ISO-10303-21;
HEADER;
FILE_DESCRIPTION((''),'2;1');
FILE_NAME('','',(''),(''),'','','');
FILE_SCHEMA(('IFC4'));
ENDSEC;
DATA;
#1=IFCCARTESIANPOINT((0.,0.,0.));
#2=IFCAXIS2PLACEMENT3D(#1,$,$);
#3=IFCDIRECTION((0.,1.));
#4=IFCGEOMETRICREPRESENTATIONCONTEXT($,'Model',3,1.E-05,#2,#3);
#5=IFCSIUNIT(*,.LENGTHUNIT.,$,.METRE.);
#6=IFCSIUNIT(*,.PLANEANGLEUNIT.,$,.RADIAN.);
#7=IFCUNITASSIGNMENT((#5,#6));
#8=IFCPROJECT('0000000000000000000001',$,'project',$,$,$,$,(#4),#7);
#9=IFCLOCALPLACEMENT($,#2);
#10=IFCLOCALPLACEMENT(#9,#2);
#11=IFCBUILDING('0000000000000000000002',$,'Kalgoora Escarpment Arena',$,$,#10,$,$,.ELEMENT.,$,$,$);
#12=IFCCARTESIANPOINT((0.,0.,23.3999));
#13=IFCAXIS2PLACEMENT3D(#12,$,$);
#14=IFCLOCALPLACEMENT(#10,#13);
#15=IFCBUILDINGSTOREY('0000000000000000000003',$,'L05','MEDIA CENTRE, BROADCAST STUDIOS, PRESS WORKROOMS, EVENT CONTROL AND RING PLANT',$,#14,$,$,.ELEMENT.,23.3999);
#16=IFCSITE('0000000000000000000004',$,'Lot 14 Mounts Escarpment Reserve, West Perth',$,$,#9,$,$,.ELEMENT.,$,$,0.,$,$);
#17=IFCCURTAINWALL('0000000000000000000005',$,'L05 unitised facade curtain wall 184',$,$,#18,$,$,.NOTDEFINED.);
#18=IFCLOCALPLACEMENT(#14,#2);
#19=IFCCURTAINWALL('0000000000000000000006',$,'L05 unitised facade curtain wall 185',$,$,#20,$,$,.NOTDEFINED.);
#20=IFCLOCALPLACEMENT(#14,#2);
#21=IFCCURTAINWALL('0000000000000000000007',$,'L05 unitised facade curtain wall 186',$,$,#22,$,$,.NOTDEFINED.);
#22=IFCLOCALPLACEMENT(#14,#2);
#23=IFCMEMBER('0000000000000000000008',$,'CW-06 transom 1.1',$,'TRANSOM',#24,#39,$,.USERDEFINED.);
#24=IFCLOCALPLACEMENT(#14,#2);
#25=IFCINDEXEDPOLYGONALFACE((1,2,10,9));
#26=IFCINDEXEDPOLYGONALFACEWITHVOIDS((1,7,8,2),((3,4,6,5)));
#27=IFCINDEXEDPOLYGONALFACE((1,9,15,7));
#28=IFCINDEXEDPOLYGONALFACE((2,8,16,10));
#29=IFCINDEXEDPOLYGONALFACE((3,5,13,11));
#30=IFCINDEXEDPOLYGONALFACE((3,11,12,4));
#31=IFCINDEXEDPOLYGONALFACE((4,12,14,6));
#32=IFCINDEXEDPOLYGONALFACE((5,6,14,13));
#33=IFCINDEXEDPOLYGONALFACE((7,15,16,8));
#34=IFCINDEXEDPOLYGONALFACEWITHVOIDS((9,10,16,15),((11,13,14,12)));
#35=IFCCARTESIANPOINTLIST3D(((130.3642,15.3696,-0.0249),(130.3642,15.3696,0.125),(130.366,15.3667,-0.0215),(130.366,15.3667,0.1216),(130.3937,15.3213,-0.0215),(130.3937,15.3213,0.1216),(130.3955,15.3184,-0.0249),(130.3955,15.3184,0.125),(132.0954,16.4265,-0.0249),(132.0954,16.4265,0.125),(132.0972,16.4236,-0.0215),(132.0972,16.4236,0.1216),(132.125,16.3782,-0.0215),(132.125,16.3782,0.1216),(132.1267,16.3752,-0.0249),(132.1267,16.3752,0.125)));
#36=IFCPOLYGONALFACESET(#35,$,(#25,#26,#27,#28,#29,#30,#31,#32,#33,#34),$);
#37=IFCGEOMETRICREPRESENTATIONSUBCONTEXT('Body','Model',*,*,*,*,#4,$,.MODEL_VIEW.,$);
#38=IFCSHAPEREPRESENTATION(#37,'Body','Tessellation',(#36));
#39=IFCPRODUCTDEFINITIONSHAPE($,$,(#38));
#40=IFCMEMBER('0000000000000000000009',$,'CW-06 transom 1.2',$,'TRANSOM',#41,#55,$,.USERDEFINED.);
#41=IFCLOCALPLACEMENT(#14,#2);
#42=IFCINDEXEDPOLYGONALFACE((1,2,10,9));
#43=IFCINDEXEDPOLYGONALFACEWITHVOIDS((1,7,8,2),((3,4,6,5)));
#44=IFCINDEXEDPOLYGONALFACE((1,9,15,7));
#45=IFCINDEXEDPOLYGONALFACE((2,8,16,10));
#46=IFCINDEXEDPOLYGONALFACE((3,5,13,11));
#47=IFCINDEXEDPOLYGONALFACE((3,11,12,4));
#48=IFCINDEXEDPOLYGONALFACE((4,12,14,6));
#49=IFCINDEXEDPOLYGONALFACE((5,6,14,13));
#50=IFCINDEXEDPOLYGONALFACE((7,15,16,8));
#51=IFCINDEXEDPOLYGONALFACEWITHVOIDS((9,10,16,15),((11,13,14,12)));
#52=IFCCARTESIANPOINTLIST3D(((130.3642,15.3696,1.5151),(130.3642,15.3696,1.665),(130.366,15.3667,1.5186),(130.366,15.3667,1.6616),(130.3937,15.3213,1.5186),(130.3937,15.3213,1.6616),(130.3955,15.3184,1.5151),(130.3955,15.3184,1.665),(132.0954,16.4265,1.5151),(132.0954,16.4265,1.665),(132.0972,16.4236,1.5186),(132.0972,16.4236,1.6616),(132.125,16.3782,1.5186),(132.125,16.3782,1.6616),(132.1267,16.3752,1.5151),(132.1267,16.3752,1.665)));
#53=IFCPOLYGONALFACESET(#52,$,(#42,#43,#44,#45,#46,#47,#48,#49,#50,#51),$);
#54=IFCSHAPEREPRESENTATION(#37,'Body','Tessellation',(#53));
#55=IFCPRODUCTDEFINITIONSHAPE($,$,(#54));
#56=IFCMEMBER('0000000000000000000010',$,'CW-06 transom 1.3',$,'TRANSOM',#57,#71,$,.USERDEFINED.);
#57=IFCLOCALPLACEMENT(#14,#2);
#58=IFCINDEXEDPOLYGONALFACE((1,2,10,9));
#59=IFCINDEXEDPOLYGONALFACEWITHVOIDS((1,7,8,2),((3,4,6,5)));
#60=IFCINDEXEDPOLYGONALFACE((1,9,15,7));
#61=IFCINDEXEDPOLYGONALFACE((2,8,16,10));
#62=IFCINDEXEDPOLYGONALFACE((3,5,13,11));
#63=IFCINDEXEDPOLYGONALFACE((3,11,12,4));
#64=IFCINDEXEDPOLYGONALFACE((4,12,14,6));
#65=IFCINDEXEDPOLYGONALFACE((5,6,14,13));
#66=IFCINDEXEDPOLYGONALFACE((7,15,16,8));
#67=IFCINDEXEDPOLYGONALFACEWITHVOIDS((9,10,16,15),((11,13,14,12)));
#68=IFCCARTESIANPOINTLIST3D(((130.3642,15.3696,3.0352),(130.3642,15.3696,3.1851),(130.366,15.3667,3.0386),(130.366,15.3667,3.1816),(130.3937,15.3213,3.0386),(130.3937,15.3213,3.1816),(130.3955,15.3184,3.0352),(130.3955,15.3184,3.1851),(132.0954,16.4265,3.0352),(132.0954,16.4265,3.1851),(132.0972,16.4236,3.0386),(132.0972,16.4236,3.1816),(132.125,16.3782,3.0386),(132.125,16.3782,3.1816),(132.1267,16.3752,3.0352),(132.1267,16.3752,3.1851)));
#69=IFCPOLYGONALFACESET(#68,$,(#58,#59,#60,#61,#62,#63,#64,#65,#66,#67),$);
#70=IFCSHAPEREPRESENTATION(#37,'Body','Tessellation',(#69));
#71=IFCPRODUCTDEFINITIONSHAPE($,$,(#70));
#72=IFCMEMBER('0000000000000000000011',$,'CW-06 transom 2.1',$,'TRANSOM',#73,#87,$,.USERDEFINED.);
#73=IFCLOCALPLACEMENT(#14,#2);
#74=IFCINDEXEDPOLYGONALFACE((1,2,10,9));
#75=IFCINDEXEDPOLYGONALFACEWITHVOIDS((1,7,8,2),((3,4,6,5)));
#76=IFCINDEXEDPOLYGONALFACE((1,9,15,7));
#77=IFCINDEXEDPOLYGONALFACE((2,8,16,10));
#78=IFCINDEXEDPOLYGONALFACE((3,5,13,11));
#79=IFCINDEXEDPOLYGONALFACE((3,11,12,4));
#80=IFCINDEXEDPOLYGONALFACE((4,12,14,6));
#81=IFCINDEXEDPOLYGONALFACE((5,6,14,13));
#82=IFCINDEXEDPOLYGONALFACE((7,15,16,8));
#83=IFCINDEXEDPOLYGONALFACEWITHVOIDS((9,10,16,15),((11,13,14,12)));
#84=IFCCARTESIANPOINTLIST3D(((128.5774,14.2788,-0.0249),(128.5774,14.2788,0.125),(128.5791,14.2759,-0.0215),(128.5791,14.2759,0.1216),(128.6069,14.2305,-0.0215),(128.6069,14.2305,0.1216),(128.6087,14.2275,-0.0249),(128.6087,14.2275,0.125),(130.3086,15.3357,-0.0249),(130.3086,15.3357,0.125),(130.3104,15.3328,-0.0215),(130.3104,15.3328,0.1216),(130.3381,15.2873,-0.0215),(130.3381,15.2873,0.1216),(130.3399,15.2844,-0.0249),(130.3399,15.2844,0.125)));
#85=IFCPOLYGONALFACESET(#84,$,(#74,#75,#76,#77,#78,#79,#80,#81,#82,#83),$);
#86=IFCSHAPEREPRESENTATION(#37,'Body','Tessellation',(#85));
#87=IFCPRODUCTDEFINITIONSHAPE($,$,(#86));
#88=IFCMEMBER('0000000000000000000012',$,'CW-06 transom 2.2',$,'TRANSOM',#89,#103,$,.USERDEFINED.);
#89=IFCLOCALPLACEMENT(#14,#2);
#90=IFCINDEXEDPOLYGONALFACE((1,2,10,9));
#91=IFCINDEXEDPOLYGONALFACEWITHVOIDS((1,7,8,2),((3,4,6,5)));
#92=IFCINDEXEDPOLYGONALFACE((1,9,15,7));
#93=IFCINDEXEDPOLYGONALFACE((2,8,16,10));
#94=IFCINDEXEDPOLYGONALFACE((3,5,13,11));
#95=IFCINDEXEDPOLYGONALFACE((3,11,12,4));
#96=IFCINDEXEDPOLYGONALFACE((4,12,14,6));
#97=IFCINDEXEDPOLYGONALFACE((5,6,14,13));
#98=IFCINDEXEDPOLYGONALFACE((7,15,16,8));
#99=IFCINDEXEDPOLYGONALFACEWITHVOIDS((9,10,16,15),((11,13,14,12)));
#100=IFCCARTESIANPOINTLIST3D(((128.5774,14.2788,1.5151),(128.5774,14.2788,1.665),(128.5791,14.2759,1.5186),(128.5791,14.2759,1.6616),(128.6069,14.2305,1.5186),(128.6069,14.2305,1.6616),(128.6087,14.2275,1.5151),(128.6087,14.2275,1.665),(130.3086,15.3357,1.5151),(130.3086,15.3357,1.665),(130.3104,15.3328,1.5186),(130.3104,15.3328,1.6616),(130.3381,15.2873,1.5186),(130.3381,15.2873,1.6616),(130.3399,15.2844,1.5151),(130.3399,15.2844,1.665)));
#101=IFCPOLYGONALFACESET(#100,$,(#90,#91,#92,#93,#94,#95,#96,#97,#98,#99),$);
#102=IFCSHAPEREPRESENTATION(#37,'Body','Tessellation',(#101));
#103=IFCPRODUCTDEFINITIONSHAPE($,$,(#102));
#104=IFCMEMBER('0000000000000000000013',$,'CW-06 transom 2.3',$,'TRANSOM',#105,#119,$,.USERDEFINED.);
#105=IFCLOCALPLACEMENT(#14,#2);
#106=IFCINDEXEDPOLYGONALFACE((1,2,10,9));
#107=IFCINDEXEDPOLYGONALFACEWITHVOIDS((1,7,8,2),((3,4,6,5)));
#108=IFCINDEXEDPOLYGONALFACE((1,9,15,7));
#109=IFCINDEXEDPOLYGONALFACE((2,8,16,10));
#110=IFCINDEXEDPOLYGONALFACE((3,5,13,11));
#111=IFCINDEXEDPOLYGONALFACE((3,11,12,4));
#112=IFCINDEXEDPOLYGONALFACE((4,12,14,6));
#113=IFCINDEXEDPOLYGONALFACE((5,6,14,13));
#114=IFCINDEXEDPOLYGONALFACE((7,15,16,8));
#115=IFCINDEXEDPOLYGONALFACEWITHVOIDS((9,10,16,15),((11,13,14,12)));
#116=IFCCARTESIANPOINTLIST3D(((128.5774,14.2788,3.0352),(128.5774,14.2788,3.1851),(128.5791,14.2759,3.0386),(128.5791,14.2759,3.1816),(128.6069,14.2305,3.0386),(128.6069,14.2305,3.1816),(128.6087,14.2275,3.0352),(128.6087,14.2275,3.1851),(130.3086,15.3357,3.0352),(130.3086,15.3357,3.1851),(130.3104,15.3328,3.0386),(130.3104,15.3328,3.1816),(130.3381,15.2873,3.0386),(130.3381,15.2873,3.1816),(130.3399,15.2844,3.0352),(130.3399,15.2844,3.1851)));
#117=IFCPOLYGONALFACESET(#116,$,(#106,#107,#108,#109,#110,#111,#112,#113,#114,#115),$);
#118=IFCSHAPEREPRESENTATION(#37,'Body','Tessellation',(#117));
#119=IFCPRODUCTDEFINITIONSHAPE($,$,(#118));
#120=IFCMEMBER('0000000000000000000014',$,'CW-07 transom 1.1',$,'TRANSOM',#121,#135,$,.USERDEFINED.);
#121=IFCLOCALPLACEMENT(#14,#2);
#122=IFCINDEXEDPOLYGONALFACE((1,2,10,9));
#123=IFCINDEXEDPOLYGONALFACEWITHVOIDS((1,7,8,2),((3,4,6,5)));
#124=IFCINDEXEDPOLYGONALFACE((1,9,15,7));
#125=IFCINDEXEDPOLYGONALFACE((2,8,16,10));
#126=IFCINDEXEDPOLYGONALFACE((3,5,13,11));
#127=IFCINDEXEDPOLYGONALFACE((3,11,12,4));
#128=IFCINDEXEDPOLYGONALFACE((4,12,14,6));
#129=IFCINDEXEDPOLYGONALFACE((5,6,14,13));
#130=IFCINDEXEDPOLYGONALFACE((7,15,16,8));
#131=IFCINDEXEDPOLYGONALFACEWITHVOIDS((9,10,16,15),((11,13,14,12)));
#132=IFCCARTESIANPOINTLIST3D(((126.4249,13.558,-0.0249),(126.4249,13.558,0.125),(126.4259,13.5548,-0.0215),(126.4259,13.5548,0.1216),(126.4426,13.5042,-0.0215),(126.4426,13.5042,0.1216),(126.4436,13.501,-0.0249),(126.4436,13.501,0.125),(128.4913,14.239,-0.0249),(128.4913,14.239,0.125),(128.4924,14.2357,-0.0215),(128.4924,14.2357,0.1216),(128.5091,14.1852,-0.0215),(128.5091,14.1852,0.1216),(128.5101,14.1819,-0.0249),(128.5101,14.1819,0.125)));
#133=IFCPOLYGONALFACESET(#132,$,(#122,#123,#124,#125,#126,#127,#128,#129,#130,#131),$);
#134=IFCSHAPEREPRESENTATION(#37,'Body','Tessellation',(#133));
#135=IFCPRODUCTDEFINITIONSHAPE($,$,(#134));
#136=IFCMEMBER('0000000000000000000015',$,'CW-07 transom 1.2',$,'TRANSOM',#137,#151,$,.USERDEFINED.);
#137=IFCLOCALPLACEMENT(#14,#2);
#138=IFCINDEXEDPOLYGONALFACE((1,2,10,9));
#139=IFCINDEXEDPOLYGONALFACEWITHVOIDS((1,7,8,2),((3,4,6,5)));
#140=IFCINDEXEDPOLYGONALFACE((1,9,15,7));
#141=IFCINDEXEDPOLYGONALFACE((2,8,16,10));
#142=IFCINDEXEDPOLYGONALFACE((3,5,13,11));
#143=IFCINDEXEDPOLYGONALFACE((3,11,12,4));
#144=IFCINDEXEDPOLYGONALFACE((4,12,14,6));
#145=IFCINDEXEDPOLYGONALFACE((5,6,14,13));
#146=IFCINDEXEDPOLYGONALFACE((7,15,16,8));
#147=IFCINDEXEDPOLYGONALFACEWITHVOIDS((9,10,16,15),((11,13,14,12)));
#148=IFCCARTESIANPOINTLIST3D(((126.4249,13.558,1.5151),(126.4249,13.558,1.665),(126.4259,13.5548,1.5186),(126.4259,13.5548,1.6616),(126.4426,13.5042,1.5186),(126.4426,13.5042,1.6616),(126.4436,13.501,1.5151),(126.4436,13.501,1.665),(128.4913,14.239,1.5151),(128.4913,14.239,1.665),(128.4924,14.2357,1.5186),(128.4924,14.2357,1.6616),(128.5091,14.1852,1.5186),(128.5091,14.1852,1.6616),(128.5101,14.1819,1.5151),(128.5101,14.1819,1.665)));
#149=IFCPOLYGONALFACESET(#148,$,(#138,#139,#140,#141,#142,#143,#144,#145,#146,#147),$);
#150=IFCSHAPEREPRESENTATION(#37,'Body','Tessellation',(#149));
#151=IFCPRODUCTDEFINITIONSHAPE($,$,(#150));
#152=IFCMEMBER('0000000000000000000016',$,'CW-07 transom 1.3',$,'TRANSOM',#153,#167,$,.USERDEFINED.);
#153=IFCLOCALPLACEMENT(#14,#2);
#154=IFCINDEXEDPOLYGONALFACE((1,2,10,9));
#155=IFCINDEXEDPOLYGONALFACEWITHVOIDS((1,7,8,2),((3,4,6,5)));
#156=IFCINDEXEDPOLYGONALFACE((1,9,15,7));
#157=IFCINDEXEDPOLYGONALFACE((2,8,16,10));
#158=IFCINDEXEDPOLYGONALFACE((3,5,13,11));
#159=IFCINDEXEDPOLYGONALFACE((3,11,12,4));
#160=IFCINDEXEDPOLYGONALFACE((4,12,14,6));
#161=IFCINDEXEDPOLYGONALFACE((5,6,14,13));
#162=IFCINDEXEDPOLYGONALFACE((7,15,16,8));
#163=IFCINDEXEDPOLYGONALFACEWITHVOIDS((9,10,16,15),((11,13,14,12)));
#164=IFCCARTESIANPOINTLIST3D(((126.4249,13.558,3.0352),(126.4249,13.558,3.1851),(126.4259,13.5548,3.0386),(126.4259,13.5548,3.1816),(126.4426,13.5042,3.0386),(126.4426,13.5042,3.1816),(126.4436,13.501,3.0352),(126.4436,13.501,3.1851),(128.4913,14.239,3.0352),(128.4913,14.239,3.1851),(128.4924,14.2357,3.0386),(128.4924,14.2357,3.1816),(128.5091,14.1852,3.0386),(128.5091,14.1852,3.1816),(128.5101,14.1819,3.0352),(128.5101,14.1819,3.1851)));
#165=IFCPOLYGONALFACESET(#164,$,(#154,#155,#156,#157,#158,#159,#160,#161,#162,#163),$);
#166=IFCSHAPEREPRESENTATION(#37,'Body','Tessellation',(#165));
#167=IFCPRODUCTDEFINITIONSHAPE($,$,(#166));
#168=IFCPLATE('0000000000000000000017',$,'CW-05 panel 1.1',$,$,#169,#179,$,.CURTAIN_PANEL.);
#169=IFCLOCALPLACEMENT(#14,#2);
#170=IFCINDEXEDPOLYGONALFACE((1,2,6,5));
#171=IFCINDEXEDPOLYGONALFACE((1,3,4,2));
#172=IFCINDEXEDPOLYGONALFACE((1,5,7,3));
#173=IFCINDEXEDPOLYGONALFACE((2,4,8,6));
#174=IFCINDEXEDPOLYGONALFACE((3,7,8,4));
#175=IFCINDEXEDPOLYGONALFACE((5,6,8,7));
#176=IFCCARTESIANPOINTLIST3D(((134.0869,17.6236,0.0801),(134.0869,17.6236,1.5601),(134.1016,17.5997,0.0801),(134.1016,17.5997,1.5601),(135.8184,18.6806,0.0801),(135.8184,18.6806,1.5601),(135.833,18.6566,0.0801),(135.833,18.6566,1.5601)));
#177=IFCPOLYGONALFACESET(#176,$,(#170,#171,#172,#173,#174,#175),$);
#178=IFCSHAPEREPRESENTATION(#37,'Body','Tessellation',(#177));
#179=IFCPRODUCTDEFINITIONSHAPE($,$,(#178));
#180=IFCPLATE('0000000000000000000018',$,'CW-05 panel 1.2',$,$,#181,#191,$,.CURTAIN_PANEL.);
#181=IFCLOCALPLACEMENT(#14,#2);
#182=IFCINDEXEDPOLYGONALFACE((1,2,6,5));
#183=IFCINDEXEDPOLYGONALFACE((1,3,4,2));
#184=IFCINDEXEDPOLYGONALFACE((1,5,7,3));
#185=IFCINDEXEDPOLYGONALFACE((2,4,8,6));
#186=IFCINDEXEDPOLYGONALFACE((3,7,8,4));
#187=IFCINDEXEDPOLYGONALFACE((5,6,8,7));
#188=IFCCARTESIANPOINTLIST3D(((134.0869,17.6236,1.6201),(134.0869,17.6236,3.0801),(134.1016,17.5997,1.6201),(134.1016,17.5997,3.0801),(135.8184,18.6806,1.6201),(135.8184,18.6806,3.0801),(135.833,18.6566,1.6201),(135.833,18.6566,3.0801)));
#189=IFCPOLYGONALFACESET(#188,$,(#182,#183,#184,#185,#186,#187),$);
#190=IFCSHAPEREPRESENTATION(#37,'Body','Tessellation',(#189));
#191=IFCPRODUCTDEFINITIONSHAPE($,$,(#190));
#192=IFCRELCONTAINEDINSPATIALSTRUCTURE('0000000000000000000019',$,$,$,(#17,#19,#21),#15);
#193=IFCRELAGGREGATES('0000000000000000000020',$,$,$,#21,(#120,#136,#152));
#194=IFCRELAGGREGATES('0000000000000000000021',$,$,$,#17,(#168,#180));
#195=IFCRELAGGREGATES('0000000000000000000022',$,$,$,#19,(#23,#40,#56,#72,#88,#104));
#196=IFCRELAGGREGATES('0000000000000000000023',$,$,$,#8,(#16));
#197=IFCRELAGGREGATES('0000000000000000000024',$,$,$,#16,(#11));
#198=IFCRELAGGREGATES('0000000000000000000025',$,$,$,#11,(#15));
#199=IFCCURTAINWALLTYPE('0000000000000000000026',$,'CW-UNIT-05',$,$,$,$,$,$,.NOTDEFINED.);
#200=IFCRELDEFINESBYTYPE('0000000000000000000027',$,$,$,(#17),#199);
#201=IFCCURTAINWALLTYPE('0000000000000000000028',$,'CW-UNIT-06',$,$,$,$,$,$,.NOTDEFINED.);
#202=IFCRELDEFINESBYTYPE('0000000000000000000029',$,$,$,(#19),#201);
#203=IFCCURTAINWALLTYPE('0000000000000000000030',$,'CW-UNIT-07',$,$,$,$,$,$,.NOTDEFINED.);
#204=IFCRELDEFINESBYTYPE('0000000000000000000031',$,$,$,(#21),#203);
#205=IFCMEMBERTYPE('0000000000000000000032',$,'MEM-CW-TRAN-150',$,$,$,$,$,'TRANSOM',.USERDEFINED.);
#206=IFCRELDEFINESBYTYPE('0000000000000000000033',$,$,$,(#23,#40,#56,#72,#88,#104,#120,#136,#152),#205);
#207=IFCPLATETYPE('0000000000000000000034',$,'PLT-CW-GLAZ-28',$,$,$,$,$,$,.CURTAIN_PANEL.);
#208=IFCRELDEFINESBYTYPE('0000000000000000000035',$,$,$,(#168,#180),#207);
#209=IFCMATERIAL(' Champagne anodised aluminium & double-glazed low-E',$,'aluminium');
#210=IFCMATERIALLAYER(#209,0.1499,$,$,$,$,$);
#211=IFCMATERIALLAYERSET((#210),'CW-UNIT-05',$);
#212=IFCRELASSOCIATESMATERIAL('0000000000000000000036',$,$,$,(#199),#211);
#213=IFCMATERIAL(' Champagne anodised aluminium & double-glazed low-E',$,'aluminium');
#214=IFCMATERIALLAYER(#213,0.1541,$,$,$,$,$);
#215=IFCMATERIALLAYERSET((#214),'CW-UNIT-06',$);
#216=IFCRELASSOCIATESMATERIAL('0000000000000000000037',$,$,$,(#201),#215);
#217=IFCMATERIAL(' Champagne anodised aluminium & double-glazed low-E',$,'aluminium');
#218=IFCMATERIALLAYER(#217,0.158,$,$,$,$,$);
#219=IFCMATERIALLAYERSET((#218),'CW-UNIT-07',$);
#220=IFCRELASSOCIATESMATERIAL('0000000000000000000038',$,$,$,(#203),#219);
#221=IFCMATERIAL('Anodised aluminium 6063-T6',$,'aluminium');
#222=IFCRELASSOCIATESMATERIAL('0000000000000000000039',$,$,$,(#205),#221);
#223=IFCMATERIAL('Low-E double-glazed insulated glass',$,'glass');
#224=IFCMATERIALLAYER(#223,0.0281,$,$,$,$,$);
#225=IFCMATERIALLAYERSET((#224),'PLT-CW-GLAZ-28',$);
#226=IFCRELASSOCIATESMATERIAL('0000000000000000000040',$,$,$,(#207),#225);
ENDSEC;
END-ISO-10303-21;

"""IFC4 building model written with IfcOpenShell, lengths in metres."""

from ifc_helpers import new_model, si_unit, direction, frame, origin, origin_2d, place, context, subcontext, project, spatial, rectangle, hollow_rectangle, extrude, material, layer, layer_set, material_profile, profile_set, type_object, element, aggregate, save


model = new_model("IFC4")

# Units and contexts
model_context = context("Model", 3, precision=1e-05, world=origin(), true_north=direction((0.0, 1.0)))
body_context = subcontext(model_context, "Body", "Model", "MODEL_VIEW")
ifc_project = project(units=[si_unit("LENGTHUNIT", "METRE"), si_unit("PLANEANGLEUNIT", "RADIAN")], contexts=[model_context])

# Site, building, storey
site_placement = place(None, origin())
site = spatial("IfcSite", under=ifc_project, at=site_placement, Name="Lot 14 Mounts Escarpment Reserve, West Perth", CompositionType="ELEMENT", RefElevation=0.0)
building_placement = place(site_placement, origin())
building = spatial("IfcBuilding", under=site, at=building_placement, Name="Kalgoora Escarpment Arena", CompositionType="ELEMENT")
storey_placement = place(building_placement, frame((0.0, 0.0, 23.3999)))
storey = spatial("IfcBuildingStorey", under=building, at=storey_placement, Name="L05", Description="MEDIA CENTRE, BROADCAST STUDIOS, PRESS WORKROOMS, EVENT CONTROL AND RING PLANT", CompositionType="ELEMENT", Elevation=23.3999)

# Curtain walls
ifc_material_1 = material(Name=" Champagne anodised aluminium & double-glazed low-E", Category="aluminium")
ifc_layer_1 = layer(ifc_material_1, 0.1499)
ifc_layer_set_1 = layer_set([ifc_layer_1], Name="CW-UNIT-05")
curtain_wall_type_1 = type_object("IfcCurtainWallType", Name="CW-UNIT-05", PredefinedType="NOTDEFINED", material=ifc_layer_set_1)
curtain_wall_1_placement = place(storey_placement, origin())
curtain_wall_1 = element("IfcCurtainWall", 1, at=curtain_wall_1_placement, inside=storey, type_object=curtain_wall_type_1, Name="L05 unitised facade curtain wall 184", PredefinedType="NOTDEFINED")
ifc_material_2 = material(Name=" Champagne anodised aluminium & double-glazed low-E", Category="aluminium")
ifc_layer_2 = layer(ifc_material_2, 0.1541)
ifc_layer_set_2 = layer_set([ifc_layer_2], Name="CW-UNIT-06")
curtain_wall_type_2 = type_object("IfcCurtainWallType", Name="CW-UNIT-06", PredefinedType="NOTDEFINED", material=ifc_layer_set_2)
curtain_wall_2_placement = place(storey_placement, origin())
curtain_wall_2 = element("IfcCurtainWall", 2, at=curtain_wall_2_placement, inside=storey, type_object=curtain_wall_type_2, Name="L05 unitised facade curtain wall 185", PredefinedType="NOTDEFINED")

# Curtain wall
ifc_material_3 = material(Name=" Champagne anodised aluminium & double-glazed low-E", Category="aluminium")
ifc_layer_3 = layer(ifc_material_3, 0.158)
ifc_layer_set_3 = layer_set([ifc_layer_3], Name="CW-UNIT-07")
curtain_wall_type_3 = type_object("IfcCurtainWallType", Name="CW-UNIT-07", PredefinedType="NOTDEFINED", material=ifc_layer_set_3)
curtain_wall_3_placement = place(storey_placement, origin())
curtain_wall_3 = element("IfcCurtainWall", 3, at=curtain_wall_3_placement, inside=storey, type_object=curtain_wall_type_3, Name="L05 unitised facade curtain wall 186", PredefinedType="NOTDEFINED")

# Members
ifc_material_4 = material(Name="Anodised aluminium 6063-T6", Category="aluminium")
ifc_material_profile_1 = material_profile(ifc_material_4, hollow_rectangle(XDim=0.0601, YDim=0.1499, WallThickness=0.0034, at=origin_2d()))
ifc_profile_set_1 = profile_set([ifc_material_profile_1], Name="Anodised aluminium 6063-T6")
member_type_1 = type_object("IfcMemberType", Name="MEM-CW-TRAN-150", ElementType="TRANSOM", PredefinedType="USERDEFINED", material=ifc_profile_set_1)
member_1_placement = place(storey_placement, frame((132.1111, 16.4009, 0.05), z_axis=(-0.853517, -0.521065, 0.0), x_axis=(0.521065, -0.853517, 0.0)))
member_1 = element("IfcMember", 4, at=member_1_placement, type_object=member_type_1, Name="CW-06 transom 1.1", ObjectType="TRANSOM", PredefinedType="USERDEFINED", context=body_context, shape_type="SweptSolid", body=[
    extrude(hollow_rectangle(XDim=0.0601, YDim=0.1499, WallThickness=0.0034, at=origin_2d()), origin(), (0.0, 0.0, 1.0), 2.0283),
])
member_2_placement = place(storey_placement, frame((132.1111, 16.4009, 1.5901), z_axis=(-0.853517, -0.521065, 0.0), x_axis=(0.521065, -0.853517, 0.0)))
member_2 = element("IfcMember", 5, at=member_2_placement, type_object=member_type_1, Name="CW-06 transom 1.2", ObjectType="TRANSOM", PredefinedType="USERDEFINED", context=body_context, shape_type="SweptSolid", body=[
    extrude(hollow_rectangle(XDim=0.0601, YDim=0.1499, WallThickness=0.0034, at=origin_2d()), origin(), (0.0, 0.0, 1.0), 2.0283),
])
member_3_placement = place(storey_placement, frame((132.1111, 16.4009, 3.1101), z_axis=(-0.853517, -0.521065, 0.0), x_axis=(0.521065, -0.853517, 0.0)))
member_3 = element("IfcMember", 6, at=member_3_placement, type_object=member_type_1, Name="CW-06 transom 1.3", ObjectType="TRANSOM", PredefinedType="USERDEFINED", context=body_context, shape_type="SweptSolid", body=[
    extrude(hollow_rectangle(XDim=0.0601, YDim=0.1499, WallThickness=0.0034, at=origin_2d()), origin(), (0.0, 0.0, 1.0), 2.0283),
])
member_4_placement = place(storey_placement, frame((130.3242, 15.3101, 0.05), z_axis=(-0.853517, -0.521065, 0.0), x_axis=(0.521065, -0.853517, 0.0)))
member_4 = element("IfcMember", 7, at=member_4_placement, type_object=member_type_1, Name="CW-06 transom 2.1", ObjectType="TRANSOM", PredefinedType="USERDEFINED", context=body_context, shape_type="SweptSolid", body=[
    extrude(hollow_rectangle(XDim=0.0601, YDim=0.1499, WallThickness=0.0034, at=origin_2d()), origin(), (0.0, 0.0, 1.0), 2.0283),
])
member_5_placement = place(storey_placement, frame((130.3242, 15.3101, 1.5901), z_axis=(-0.853517, -0.521065, 0.0), x_axis=(0.521065, -0.853517, 0.0)))
member_5 = element("IfcMember", 8, at=member_5_placement, type_object=member_type_1, Name="CW-06 transom 2.2", ObjectType="TRANSOM", PredefinedType="USERDEFINED", context=body_context, shape_type="SweptSolid", body=[
    extrude(hollow_rectangle(XDim=0.0601, YDim=0.1499, WallThickness=0.0034, at=origin_2d()), origin(), (0.0, 0.0, 1.0), 2.0283),
])
member_6_placement = place(storey_placement, frame((130.3242, 15.3101, 3.1101), z_axis=(-0.853517, -0.521065, 0.0), x_axis=(0.521065, -0.853517, 0.0)))
member_6 = element("IfcMember", 9, at=member_6_placement, type_object=member_type_1, Name="CW-06 transom 2.3", ObjectType="TRANSOM", PredefinedType="USERDEFINED", context=body_context, shape_type="SweptSolid", body=[
    extrude(hollow_rectangle(XDim=0.0601, YDim=0.1499, WallThickness=0.0034, at=origin_2d()), origin(), (0.0, 0.0, 1.0), 2.0283),
])
member_7_placement = place(storey_placement, frame((128.5007, 14.2104, 0.05), z_axis=(-0.949766, -0.312961, 0.0), x_axis=(0.312961, -0.949766, 0.0)))
member_7 = element("IfcMember", 10, at=member_7_placement, type_object=member_type_1, Name="CW-07 transom 1.1", ObjectType="TRANSOM", PredefinedType="USERDEFINED", context=body_context, shape_type="SweptSolid", body=[
    extrude(hollow_rectangle(XDim=0.0601, YDim=0.1499, WallThickness=0.0034, at=origin_2d()), origin(), (0.0, 0.0, 1.0), 2.1758),
])
member_8_placement = place(storey_placement, frame((128.5007, 14.2104, 1.5901), z_axis=(-0.949766, -0.312961, 0.0), x_axis=(0.312961, -0.949766, 0.0)))
member_8 = element("IfcMember", 11, at=member_8_placement, type_object=member_type_1, Name="CW-07 transom 1.2", ObjectType="TRANSOM", PredefinedType="USERDEFINED", context=body_context, shape_type="SweptSolid", body=[
    extrude(hollow_rectangle(XDim=0.0601, YDim=0.1499, WallThickness=0.0034, at=origin_2d()), origin(), (0.0, 0.0, 1.0), 2.1758),
])
member_9_placement = place(storey_placement, frame((128.5007, 14.2104, 3.1101), z_axis=(-0.949766, -0.312961, 0.0), x_axis=(0.312961, -0.949766, 0.0)))
member_9 = element("IfcMember", 12, at=member_9_placement, type_object=member_type_1, Name="CW-07 transom 1.3", ObjectType="TRANSOM", PredefinedType="USERDEFINED", context=body_context, shape_type="SweptSolid", body=[
    extrude(hollow_rectangle(XDim=0.0601, YDim=0.1499, WallThickness=0.0034, at=origin_2d()), origin(), (0.0, 0.0, 1.0), 2.1758),
])
aggregate(curtain_wall_3, [member_7, member_8, member_9])

# Plates
ifc_material_5 = material(Name="Low-E double-glazed insulated glass", Category="glass")
ifc_layer_4 = layer(ifc_material_5, 0.0281)
ifc_layer_set_4 = layer_set([ifc_layer_4], Name="PLT-CW-GLAZ-28")
plate_type_1 = type_object("IfcPlateType", Name="PLT-CW-GLAZ-28", PredefinedType="CURTAIN_PANEL", material=ifc_layer_set_4)
plate_1_placement = place(storey_placement, frame((134.96, 18.1401, 0.0801), z_axis=(0.0, 0.0, 1.0), x_axis=(-0.853527, -0.521049, 0.0)))
plate_1 = element("IfcPlate", 13, at=plate_1_placement, type_object=plate_type_1, Name="CW-05 panel 1.1", PredefinedType="CURTAIN_PANEL", context=body_context, shape_type="SweptSolid", body=[
    extrude(rectangle(XDim=2.0286, YDim=0.0281, at=origin_2d()), origin(), (0.0, 0.0, 1.0), 1.48),
])
plate_2_placement = place(storey_placement, frame((134.96, 18.1401, 1.6201), z_axis=(0.0, 0.0, 1.0), x_axis=(-0.853527, -0.521049, 0.0)))
plate_2 = element("IfcPlate", 14, at=plate_2_placement, type_object=plate_type_1, Name="CW-05 panel 1.2", PredefinedType="CURTAIN_PANEL", context=body_context, shape_type="SweptSolid", body=[
    extrude(rectangle(XDim=2.0286, YDim=0.0281, at=origin_2d()), origin(), (0.0, 0.0, 1.0), 1.46),
])
aggregate(curtain_wall_1, [plate_1, plate_2])
aggregate(curtain_wall_2, [member_1, member_2, member_3, member_4, member_5, member_6])

save(model, "model.ifc")
